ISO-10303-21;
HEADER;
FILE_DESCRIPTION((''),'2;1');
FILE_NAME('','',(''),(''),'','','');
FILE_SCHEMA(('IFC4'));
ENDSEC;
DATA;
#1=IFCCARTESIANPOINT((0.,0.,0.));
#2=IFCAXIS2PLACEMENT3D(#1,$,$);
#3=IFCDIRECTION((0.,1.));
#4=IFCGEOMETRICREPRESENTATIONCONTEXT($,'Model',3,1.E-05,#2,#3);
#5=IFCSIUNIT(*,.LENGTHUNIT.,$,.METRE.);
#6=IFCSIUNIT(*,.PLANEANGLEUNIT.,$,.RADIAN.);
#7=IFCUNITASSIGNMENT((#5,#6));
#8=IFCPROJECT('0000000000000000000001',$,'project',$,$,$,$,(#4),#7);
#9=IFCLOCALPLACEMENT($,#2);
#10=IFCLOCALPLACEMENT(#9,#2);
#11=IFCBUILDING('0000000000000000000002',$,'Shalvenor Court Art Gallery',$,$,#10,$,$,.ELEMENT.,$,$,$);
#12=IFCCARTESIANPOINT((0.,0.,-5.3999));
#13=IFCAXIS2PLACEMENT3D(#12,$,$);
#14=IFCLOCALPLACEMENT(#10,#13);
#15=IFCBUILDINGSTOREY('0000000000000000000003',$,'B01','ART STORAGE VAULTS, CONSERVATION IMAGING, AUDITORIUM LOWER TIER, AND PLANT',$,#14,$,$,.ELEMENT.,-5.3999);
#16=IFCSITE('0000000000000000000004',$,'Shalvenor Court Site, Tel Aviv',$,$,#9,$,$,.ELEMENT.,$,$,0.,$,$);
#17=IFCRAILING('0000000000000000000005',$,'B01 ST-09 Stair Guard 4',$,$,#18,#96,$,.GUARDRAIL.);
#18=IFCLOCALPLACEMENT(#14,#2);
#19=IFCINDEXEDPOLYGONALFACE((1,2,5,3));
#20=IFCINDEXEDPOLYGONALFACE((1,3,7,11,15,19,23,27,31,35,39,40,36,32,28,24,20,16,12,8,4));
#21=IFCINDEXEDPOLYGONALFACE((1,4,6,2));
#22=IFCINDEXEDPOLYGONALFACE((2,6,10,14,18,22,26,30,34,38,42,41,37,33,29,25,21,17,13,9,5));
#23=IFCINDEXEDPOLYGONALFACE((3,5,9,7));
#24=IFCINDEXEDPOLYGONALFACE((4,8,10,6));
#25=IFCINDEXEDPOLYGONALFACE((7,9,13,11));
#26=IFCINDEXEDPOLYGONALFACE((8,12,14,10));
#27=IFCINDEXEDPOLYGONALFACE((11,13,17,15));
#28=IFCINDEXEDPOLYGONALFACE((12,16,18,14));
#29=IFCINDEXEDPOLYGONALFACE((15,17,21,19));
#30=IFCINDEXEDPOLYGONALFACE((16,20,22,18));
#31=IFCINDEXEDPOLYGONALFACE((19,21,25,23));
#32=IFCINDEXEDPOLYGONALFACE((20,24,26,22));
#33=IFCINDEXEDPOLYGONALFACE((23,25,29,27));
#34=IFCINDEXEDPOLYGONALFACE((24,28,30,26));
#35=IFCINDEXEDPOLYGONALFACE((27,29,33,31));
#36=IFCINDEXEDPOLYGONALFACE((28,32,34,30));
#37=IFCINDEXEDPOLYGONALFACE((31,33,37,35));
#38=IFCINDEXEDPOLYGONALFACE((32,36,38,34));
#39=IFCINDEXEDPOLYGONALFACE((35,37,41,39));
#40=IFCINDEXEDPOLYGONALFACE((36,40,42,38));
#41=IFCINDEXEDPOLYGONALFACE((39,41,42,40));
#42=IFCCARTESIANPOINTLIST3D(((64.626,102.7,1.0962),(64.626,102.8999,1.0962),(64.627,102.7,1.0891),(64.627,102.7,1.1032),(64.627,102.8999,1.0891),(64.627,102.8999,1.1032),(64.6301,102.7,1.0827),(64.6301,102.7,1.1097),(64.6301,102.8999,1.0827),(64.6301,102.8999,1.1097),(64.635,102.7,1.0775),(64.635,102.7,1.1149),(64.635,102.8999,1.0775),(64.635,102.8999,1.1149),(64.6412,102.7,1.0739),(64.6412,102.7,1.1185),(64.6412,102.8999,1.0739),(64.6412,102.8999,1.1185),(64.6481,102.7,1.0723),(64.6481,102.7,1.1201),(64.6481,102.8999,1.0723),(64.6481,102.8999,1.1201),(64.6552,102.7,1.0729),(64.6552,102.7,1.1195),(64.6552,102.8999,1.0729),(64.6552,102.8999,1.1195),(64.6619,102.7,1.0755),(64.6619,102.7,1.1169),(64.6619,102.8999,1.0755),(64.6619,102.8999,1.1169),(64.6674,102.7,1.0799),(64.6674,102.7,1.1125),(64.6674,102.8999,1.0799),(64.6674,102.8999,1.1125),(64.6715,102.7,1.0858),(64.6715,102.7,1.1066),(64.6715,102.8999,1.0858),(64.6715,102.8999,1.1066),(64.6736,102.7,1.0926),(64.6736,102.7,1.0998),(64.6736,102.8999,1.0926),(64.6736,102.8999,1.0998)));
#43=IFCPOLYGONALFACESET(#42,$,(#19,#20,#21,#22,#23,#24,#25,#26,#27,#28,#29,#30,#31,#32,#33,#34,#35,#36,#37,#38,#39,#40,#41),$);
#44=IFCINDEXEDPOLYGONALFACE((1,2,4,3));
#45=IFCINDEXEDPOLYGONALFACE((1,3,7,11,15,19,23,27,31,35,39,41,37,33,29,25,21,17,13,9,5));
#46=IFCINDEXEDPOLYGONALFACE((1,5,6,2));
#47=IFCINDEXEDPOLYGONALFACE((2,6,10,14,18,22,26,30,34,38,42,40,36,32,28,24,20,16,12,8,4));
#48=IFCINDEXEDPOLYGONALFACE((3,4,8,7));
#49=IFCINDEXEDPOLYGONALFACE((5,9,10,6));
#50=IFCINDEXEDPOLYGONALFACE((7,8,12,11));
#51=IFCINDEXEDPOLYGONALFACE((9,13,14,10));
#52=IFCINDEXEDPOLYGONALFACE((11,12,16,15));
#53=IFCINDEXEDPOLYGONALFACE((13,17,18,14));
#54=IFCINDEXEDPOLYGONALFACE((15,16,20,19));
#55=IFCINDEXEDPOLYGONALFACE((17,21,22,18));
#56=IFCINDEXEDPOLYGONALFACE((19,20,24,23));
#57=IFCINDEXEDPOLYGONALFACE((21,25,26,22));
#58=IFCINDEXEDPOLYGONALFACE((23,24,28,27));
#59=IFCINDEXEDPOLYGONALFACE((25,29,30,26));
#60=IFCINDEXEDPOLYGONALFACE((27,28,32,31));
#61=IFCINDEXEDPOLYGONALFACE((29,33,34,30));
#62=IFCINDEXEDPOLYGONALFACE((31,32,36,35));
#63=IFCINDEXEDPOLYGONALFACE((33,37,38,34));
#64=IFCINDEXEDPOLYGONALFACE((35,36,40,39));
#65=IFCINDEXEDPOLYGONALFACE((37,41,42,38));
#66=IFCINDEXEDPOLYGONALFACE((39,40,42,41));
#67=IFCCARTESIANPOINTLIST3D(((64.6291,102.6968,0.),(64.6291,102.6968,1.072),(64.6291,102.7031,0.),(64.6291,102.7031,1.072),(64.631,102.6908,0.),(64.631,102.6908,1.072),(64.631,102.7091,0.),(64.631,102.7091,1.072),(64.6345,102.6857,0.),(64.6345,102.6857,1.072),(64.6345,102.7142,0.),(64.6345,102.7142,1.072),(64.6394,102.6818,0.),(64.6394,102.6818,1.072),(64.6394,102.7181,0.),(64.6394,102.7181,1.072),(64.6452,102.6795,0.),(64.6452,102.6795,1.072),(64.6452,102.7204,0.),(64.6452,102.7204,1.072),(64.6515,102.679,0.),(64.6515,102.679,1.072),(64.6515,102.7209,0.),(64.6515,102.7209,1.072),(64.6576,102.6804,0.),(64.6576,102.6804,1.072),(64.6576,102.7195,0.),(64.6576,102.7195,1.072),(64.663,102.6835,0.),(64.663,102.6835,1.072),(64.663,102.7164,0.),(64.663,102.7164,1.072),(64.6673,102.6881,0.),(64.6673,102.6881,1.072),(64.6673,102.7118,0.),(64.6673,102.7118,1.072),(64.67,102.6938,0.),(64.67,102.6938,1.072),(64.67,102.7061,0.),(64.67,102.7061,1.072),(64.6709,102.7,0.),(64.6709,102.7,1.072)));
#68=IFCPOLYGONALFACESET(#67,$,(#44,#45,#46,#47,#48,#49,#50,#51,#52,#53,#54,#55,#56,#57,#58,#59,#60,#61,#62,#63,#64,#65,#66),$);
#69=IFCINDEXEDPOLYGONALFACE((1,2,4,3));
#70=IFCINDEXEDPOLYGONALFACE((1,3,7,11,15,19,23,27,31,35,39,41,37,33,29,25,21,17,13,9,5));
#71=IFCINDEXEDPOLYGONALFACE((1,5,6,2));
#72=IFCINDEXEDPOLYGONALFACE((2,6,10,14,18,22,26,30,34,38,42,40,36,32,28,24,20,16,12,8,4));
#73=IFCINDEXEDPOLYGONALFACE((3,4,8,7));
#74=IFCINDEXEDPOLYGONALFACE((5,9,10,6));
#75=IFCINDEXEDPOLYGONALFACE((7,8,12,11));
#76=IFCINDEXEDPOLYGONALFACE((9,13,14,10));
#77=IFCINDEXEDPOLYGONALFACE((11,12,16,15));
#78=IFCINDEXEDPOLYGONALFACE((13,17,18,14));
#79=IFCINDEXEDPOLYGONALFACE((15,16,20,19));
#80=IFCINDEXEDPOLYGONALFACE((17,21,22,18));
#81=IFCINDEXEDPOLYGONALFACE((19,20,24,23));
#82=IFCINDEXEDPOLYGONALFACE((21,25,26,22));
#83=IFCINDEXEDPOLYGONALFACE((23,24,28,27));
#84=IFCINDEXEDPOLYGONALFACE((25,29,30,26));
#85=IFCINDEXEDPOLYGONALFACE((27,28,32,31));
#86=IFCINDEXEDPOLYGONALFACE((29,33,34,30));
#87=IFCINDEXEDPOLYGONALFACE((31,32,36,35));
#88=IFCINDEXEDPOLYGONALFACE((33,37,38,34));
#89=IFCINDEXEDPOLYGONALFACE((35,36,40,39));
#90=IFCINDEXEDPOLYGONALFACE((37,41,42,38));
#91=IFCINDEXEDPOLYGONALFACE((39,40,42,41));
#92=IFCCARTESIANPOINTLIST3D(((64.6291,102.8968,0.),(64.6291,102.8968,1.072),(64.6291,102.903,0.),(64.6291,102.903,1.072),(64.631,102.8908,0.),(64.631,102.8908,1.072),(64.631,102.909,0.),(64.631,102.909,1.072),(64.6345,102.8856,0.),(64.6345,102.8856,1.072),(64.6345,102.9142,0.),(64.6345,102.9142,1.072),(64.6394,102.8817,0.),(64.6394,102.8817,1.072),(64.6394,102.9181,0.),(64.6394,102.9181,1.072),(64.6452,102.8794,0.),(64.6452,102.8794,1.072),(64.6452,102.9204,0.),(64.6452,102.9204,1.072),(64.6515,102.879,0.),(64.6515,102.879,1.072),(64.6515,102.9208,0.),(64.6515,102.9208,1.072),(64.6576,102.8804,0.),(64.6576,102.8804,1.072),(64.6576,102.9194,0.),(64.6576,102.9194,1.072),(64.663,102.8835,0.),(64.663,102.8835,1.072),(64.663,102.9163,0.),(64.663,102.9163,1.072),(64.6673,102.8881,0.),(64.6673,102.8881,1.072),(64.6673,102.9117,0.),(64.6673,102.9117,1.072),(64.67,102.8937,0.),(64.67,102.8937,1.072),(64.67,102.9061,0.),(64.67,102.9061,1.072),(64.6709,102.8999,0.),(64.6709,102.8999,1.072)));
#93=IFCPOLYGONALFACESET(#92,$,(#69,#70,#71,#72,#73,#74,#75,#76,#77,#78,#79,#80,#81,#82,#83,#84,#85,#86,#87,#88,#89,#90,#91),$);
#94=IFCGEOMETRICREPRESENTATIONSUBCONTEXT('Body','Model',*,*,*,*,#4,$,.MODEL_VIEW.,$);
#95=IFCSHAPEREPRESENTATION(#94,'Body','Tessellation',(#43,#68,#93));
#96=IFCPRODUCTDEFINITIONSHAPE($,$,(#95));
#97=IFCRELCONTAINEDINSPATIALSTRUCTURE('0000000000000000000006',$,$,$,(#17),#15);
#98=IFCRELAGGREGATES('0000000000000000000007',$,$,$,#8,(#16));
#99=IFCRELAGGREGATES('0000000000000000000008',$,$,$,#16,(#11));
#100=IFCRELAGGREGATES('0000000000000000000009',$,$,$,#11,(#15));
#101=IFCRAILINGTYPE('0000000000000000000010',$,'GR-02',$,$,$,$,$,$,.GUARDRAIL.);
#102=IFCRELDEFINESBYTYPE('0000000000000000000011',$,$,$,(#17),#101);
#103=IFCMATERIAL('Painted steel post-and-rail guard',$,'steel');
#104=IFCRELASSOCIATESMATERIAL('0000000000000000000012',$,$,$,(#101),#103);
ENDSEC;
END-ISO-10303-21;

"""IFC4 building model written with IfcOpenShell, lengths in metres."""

from ifc_helpers import new_model, si_unit, direction, frame, origin, origin_2d, place, context, subcontext, project, spatial, circle, extrude, material, type_object, element, save


model = new_model("IFC4")

# Units and contexts
model_context = context("Model", 3, precision=1e-05, world=origin(), true_north=direction((0.0, 1.0)))
body_context = subcontext(model_context, "Body", "Model", "MODEL_VIEW")
ifc_project = project(units=[si_unit("LENGTHUNIT", "METRE"), si_unit("PLANEANGLEUNIT", "RADIAN")], contexts=[model_context])

# Site, building, storey
site_placement = place(None, origin())
site = spatial("IfcSite", under=ifc_project, at=site_placement, Name="Shalvenor Court Site, Tel Aviv", CompositionType="ELEMENT", RefElevation=0.0)
building_placement = place(site_placement, origin())
building = spatial("IfcBuilding", under=site, at=building_placement, Name="Shalvenor Court Art Gallery", CompositionType="ELEMENT")
storey_placement = place(building_placement, frame((0.0, 0.0, -5.3999)))
storey = spatial("IfcBuildingStorey", under=building, at=storey_placement, Name="B01", Description="ART STORAGE VAULTS, CONSERVATION IMAGING, AUDITORIUM LOWER TIER, AND PLANT", CompositionType="ELEMENT", Elevation=-5.3999)

# Railing
ifc_material_1 = material(Name="Painted steel post-and-rail guard", Category="steel")
railing_type = type_object("IfcRailingType", Name="GR-02", PredefinedType="GUARDRAIL", material=ifc_material_1)
railing_1_placement = place(storey_placement, frame((64.6499, 102.7, 0.0)))
element("IfcRailing", 1, at=railing_1_placement, inside=storey, type_object=railing_type, Name="B01 ST-09 Stair Guard 4", PredefinedType="GUARDRAIL", context=body_context, shape_type="SweptSolid", body=[
    extrude(circle(Radius=0.0239, at=origin_2d()), frame((0.0, 0.0, 1.0962), z_axis=(0.0, 1.0, 0.0), x_axis=(-1.0, 0.0, 0.0)), (0.0, 0.0, 1.0), 0.2),
    extrude(circle(Radius=0.021, at=origin_2d()), origin(), (0.0, 0.0, 1.0), 1.072),
    extrude(circle(Radius=0.021, at=origin_2d()), frame((0.0, 0.2, 0.0)), (0.0, 0.0, 1.0), 1.072),
])

save(model, "model.ifc")
